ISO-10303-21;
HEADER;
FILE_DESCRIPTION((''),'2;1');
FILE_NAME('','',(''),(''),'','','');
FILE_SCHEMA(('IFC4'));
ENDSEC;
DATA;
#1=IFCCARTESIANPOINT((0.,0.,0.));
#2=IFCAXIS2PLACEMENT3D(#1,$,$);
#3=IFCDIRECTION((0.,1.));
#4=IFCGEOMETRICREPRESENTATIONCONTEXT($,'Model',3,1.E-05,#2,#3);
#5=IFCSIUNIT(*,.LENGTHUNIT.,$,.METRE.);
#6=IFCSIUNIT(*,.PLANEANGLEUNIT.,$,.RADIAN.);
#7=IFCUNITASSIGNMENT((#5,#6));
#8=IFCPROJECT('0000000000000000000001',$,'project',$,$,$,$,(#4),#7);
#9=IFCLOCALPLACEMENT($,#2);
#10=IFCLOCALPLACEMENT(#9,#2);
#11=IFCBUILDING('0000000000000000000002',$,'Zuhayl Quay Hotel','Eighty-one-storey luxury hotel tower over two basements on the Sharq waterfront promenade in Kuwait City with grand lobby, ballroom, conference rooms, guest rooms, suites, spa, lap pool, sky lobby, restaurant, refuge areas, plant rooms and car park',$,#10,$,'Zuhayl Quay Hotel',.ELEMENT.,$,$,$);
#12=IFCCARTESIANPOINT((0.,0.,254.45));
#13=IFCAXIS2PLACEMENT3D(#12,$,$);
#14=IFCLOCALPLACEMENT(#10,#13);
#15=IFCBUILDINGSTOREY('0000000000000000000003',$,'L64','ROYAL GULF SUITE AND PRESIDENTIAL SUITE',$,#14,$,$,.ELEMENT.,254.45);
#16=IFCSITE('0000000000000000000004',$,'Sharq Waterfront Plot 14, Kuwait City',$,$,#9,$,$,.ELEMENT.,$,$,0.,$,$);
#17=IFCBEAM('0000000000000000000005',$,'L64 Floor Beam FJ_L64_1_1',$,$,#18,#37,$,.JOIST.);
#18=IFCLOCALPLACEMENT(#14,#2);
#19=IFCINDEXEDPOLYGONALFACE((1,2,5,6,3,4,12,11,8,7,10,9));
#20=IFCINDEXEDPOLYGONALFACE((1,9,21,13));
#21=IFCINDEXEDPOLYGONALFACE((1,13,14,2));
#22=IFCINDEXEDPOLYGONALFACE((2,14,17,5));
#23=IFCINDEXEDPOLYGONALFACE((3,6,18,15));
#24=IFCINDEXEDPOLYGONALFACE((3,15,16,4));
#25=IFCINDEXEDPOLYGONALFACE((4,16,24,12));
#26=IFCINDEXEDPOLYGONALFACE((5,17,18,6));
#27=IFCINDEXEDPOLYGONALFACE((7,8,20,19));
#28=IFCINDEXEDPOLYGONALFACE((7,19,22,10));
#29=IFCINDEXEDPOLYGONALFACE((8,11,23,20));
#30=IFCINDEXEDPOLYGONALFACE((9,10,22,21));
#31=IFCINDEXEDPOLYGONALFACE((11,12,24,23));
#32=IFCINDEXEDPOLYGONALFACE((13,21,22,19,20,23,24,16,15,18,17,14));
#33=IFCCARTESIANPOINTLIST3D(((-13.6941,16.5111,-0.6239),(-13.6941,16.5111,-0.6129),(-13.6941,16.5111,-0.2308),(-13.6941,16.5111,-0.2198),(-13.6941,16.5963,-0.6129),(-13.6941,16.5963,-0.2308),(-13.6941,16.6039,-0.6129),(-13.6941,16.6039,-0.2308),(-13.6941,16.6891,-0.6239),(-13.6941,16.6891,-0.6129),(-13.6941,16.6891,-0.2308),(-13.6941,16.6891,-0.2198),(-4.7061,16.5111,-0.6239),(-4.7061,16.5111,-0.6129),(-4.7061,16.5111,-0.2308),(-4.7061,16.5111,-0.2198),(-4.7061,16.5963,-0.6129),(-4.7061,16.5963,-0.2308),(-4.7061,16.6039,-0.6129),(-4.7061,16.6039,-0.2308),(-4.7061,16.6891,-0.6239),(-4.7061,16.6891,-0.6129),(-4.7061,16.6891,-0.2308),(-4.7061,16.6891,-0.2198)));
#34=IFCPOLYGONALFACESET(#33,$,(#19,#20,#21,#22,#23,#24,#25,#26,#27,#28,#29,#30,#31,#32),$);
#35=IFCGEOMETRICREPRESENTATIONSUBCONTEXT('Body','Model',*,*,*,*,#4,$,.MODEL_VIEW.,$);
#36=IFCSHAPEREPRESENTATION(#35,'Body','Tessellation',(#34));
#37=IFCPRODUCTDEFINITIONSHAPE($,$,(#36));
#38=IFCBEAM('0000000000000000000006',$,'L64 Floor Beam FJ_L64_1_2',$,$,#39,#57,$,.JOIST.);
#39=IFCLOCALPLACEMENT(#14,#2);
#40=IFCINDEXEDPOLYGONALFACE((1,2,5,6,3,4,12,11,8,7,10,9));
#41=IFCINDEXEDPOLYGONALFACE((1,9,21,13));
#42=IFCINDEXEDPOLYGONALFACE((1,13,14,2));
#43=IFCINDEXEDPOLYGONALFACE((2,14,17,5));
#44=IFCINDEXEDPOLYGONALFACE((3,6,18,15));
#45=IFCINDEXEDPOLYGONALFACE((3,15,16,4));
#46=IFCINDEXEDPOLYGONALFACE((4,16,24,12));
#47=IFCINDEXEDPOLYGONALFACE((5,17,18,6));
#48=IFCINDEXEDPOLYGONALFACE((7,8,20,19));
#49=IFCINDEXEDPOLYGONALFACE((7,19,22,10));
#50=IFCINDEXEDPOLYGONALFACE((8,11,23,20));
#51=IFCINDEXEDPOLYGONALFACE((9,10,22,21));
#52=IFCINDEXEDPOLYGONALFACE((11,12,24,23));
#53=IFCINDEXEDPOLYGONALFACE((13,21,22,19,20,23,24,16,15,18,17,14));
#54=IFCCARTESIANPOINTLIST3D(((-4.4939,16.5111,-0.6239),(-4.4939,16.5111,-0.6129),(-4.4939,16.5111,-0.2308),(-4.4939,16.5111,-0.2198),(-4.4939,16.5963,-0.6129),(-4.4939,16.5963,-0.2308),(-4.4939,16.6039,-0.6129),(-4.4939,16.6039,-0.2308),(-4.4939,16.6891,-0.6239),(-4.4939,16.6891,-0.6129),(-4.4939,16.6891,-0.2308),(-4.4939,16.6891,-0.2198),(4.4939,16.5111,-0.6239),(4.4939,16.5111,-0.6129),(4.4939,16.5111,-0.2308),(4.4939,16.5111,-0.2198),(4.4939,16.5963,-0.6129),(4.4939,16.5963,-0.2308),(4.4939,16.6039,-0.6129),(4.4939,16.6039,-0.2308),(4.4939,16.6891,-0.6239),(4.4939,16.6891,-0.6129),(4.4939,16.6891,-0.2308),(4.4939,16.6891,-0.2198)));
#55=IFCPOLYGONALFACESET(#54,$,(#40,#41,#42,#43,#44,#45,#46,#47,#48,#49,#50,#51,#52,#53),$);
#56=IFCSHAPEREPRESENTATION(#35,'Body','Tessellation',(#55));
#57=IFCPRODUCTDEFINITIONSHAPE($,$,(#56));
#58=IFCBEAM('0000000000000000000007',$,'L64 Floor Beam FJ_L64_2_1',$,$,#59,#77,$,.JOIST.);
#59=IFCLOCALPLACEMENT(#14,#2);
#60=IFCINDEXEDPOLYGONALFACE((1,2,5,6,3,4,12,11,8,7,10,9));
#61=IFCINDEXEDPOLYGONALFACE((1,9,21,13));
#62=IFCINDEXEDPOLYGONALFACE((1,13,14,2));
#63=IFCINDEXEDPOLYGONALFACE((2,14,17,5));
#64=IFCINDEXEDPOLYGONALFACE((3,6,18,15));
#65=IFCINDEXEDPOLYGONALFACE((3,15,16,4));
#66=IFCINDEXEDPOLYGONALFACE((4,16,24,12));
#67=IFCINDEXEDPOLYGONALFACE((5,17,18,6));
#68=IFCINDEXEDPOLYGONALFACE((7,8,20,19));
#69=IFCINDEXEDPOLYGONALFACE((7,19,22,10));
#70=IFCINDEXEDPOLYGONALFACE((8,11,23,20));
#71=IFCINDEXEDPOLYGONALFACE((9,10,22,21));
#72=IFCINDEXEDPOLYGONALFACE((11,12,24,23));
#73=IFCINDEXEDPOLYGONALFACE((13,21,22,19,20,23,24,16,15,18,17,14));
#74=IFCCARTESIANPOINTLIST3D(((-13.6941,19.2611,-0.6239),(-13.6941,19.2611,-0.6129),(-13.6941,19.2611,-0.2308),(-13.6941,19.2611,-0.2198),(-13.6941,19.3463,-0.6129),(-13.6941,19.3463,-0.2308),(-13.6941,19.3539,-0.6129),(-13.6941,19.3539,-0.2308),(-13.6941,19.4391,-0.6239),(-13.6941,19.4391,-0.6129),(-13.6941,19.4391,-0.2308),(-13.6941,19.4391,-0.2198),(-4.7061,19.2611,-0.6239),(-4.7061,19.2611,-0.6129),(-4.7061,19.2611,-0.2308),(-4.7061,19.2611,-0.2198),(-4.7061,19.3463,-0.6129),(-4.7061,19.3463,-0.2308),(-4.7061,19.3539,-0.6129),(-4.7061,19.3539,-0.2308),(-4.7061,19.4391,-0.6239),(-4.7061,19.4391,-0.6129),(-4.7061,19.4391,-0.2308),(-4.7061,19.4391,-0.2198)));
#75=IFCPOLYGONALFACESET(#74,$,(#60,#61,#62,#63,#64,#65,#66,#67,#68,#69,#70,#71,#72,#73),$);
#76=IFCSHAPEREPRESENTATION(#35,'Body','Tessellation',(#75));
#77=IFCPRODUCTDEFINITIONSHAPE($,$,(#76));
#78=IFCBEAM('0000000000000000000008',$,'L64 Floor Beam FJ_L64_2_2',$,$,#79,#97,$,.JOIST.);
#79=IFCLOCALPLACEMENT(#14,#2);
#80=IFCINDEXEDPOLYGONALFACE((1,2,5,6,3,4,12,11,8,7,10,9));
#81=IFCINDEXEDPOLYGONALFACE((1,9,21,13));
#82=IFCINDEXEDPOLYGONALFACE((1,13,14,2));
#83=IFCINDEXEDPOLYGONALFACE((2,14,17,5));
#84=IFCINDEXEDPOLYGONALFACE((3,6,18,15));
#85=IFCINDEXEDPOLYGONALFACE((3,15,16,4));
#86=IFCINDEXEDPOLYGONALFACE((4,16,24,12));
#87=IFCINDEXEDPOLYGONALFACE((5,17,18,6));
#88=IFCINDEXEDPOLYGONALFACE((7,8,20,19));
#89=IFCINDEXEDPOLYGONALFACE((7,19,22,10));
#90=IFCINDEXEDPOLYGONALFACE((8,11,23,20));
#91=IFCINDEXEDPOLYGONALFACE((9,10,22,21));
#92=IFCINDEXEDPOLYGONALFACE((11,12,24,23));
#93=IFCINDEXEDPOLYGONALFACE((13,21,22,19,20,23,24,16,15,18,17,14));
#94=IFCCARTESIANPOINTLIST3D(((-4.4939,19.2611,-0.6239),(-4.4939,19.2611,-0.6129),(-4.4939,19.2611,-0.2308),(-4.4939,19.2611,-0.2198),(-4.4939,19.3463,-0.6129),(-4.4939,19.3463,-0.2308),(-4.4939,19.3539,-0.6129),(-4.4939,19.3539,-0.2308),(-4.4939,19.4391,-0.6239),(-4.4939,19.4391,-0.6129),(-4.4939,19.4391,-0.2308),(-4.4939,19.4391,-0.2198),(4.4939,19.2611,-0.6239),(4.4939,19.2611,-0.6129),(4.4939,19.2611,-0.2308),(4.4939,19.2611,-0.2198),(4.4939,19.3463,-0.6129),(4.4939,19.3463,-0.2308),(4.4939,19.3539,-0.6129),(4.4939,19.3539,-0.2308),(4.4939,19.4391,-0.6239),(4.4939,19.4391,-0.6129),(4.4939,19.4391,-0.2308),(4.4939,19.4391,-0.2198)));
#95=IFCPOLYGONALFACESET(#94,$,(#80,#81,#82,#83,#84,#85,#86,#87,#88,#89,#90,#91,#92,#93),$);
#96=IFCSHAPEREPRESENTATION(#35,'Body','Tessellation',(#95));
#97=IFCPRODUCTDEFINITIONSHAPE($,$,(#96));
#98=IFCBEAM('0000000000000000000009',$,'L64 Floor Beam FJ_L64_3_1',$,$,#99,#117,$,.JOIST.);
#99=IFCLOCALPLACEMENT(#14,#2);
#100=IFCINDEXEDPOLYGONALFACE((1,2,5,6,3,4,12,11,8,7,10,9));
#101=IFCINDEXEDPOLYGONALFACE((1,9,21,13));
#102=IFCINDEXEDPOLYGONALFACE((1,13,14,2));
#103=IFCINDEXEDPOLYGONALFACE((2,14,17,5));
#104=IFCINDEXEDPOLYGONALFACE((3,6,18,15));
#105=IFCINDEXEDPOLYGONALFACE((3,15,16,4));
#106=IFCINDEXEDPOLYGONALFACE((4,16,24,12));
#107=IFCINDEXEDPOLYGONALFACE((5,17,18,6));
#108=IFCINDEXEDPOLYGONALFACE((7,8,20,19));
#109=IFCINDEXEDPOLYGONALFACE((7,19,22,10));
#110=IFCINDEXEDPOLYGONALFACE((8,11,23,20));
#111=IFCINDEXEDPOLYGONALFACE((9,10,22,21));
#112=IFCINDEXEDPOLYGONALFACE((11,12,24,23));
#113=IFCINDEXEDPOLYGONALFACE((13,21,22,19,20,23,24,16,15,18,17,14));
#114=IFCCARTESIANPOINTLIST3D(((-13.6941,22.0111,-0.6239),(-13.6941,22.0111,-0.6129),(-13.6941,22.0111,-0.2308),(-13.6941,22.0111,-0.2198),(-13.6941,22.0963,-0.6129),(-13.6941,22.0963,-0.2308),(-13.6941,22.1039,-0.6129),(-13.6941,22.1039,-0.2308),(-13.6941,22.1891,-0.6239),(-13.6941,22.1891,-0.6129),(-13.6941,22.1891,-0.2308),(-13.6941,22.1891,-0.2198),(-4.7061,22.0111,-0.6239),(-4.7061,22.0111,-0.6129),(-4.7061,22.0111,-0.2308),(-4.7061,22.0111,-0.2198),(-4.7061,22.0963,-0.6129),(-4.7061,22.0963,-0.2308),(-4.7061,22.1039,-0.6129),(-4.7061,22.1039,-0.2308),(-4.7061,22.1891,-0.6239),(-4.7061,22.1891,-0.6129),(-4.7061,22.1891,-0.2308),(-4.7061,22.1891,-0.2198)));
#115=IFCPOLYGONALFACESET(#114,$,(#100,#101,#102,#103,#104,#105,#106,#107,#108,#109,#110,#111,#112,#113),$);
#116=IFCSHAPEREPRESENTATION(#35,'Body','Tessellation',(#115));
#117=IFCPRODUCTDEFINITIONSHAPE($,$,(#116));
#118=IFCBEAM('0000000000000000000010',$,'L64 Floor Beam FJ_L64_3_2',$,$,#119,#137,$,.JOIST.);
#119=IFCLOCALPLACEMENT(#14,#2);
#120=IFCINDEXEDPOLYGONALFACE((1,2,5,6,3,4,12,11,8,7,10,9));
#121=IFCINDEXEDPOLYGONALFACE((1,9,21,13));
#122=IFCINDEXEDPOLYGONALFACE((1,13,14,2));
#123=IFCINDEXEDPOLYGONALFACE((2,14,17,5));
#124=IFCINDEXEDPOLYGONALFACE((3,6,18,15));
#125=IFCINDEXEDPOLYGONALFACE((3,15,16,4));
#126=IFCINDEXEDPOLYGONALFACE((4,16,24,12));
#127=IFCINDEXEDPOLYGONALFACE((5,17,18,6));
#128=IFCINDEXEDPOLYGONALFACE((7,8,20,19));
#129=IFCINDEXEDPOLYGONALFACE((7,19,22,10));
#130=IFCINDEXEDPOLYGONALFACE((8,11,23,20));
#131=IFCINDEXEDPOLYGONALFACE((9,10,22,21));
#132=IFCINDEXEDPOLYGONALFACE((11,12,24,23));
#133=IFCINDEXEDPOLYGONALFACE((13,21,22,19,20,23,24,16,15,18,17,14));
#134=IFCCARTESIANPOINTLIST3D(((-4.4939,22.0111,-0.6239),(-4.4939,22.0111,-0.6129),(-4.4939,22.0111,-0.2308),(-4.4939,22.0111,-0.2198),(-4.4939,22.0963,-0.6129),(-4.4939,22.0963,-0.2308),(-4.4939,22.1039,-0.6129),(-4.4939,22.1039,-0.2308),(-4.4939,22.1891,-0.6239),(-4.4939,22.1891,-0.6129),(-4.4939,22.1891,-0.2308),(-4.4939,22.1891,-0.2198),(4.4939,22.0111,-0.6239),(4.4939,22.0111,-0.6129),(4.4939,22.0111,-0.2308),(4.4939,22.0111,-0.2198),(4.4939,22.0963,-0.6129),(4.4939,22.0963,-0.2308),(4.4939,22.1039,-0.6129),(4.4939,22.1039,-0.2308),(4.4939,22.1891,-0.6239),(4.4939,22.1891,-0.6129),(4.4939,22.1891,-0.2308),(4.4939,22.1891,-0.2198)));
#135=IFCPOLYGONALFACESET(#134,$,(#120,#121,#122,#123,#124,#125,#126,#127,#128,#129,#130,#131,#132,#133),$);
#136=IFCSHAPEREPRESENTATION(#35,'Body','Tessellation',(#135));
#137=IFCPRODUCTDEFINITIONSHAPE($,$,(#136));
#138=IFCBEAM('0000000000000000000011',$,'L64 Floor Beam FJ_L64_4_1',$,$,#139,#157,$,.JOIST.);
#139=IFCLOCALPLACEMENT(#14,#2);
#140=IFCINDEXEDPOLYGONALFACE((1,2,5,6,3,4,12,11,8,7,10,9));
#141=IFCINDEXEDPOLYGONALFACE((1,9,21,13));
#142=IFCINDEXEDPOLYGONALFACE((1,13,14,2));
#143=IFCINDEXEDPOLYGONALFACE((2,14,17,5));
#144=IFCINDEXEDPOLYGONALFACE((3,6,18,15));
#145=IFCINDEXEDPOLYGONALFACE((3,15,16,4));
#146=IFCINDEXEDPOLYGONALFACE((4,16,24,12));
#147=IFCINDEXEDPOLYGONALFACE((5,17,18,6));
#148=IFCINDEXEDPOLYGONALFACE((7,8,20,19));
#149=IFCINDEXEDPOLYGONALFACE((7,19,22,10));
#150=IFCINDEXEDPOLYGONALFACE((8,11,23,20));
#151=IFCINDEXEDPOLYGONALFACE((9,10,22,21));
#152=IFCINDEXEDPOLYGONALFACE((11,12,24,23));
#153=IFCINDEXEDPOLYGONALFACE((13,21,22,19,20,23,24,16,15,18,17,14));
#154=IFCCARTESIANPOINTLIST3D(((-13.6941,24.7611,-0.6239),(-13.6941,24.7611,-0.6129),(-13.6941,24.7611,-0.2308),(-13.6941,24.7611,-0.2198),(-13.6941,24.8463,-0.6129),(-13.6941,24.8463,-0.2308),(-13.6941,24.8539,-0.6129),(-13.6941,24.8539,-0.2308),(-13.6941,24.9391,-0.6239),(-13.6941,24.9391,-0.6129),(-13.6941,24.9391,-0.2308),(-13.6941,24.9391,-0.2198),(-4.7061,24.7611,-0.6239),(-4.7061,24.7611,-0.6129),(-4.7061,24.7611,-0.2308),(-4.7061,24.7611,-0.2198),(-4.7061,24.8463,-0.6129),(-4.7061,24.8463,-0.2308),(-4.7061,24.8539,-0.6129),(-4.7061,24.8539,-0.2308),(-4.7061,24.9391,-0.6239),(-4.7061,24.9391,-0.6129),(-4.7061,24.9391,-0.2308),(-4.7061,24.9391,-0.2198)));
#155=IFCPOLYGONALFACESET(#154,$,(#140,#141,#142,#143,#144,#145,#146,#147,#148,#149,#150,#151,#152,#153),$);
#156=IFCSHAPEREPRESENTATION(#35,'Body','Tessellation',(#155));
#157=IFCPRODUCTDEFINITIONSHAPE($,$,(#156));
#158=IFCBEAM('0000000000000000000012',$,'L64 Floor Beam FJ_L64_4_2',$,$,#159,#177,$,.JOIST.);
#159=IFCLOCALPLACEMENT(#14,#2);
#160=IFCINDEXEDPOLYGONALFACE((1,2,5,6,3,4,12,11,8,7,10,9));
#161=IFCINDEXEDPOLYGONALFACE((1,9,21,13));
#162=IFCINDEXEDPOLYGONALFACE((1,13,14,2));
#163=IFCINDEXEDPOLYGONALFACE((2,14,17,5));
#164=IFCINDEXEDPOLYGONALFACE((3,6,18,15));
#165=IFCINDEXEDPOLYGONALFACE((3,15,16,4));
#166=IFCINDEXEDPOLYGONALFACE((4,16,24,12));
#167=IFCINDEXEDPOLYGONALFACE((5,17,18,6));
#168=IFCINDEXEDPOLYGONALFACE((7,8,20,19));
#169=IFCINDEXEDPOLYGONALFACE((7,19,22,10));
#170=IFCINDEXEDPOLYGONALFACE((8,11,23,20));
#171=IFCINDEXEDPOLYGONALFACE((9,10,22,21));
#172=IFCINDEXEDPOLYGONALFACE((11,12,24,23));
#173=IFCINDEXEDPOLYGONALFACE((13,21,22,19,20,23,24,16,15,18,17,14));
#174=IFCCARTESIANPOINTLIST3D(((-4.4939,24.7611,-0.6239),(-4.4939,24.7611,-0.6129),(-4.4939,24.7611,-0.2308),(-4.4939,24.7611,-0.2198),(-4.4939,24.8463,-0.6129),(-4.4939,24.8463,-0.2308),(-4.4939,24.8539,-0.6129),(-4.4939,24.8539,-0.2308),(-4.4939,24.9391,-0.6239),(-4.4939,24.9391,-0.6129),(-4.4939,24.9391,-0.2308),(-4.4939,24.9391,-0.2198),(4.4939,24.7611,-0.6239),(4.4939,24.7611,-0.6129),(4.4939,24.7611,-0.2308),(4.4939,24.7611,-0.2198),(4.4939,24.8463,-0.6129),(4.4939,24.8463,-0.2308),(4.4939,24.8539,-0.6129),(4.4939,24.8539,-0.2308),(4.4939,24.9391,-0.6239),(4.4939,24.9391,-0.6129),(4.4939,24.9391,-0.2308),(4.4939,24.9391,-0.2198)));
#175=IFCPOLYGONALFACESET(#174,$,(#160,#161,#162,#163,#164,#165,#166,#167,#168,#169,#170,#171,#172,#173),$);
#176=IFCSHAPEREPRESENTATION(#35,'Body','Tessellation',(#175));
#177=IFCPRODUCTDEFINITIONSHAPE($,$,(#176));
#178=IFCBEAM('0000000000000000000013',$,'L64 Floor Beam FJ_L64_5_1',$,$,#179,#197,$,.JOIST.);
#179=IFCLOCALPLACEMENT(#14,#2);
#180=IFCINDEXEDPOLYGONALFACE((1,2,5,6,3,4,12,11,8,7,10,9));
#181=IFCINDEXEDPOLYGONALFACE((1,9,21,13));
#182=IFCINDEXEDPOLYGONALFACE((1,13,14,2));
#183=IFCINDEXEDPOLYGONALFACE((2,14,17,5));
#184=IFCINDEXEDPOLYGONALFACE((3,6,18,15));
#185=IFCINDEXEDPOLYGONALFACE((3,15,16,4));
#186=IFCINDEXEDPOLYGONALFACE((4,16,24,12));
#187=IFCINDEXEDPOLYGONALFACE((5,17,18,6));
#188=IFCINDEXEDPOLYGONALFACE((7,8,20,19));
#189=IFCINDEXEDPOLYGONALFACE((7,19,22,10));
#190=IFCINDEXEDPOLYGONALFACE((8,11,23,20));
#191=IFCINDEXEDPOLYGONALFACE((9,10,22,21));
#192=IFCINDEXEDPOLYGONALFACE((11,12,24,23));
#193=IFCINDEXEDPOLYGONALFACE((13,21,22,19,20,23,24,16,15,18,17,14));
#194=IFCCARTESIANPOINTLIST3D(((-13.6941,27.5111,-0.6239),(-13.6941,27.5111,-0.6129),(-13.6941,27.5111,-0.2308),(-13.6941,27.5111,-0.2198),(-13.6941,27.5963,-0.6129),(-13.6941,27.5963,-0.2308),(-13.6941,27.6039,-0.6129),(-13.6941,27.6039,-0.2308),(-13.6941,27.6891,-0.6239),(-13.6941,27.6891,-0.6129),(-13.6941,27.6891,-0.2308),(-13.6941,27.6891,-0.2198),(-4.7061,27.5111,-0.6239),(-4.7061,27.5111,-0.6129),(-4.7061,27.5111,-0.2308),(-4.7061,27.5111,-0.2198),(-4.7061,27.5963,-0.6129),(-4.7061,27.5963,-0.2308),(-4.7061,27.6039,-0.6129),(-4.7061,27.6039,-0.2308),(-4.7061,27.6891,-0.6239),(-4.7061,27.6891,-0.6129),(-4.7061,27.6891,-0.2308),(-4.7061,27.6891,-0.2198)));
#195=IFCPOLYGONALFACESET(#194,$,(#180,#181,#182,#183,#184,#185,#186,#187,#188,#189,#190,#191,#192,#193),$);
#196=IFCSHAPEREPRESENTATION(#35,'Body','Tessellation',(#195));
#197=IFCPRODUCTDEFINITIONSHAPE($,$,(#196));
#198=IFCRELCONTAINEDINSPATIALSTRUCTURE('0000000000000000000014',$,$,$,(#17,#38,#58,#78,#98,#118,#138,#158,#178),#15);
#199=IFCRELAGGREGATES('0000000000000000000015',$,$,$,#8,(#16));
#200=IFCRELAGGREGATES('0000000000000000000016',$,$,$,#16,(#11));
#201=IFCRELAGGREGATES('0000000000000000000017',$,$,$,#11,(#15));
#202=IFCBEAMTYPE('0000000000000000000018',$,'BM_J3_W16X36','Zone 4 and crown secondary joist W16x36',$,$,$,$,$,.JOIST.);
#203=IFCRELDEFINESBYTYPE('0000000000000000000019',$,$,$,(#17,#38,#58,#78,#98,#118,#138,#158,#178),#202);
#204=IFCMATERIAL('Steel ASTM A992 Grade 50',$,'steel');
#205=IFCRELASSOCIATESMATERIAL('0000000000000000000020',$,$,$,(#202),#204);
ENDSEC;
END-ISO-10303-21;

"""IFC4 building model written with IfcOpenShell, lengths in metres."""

from ifc_helpers import new_model, si_unit, direction, frame, origin, origin_2d, place, context, subcontext, project, spatial, i_section, extrude, material, material_profile, profile_set, type_object, element, save


model = new_model("IFC4")

# Units and contexts
model_context = context("Model", 3, precision=1e-05, world=origin(), true_north=direction((0.0, 1.0)))
body_context = subcontext(model_context, "Body", "Model", "MODEL_VIEW")
ifc_project = project(units=[si_unit("LENGTHUNIT", "METRE"), si_unit("PLANEANGLEUNIT", "RADIAN")], contexts=[model_context])

# Site, building, storey
site_placement = place(None, origin())
site = spatial("IfcSite", under=ifc_project, at=site_placement, Name="Sharq Waterfront Plot 14, Kuwait City", CompositionType="ELEMENT", RefElevation=0.0)
building_placement = place(site_placement, origin())
building = spatial("IfcBuilding", under=site, at=building_placement, Name="Zuhayl Quay Hotel", Description="Eighty-one-storey luxury hotel tower over two basements on the Sharq waterfront promenade in Kuwait City with grand lobby, ballroom, conference rooms, guest rooms, suites, spa, lap pool, sky lobby, restaurant, refuge areas, plant rooms and car park", LongName="Zuhayl Quay Hotel", CompositionType="ELEMENT")
storey_placement = place(building_placement, frame((0.0, 0.0, 254.45)))
storey = spatial("IfcBuildingStorey", under=building, at=storey_placement, Name="L64", Description="ROYAL GULF SUITE AND PRESIDENTIAL SUITE", CompositionType="ELEMENT", Elevation=254.45)

# Beams
ifc_material_1 = material(Name="Steel ASTM A992 Grade 50", Category="steel")
ifc_material_profile_1 = material_profile(ifc_material_1, i_section(OverallWidth=0.178, OverallDepth=0.4041, WebThickness=0.0076, FlangeThickness=0.011, at=origin_2d()), Name="W16X36")
ifc_profile_set_1 = profile_set([ifc_material_profile_1], Name="Steel ASTM A992 Grade 50")
beam_type_1 = type_object("IfcBeamType", Name="BM_J3_W16X36", Description="Zone 4 and crown secondary joist W16x36", PredefinedType="JOIST", material=ifc_profile_set_1)
beam_1_placement = place(storey_placement, frame((-13.6941, 16.6001, -0.4219), z_axis=(1.0, 0.0, 0.0), x_axis=(0.0, 1.0, 0.0)))
element("IfcBeam", 1, at=beam_1_placement, inside=storey, type_object=beam_type_1, Name="L64 Floor Beam FJ_L64_1_1", PredefinedType="JOIST", context=body_context, shape_type="SweptSolid", body=[
    extrude(i_section(OverallWidth=0.178, OverallDepth=0.4041, WebThickness=0.0076, FlangeThickness=0.011, at=origin_2d()), origin(), (0.0, 0.0, 1.0), 8.988),
])
beam_2_placement = place(storey_placement, frame((-4.4939, 16.6001, -0.4219), z_axis=(1.0, 0.0, 0.0), x_axis=(0.0, 1.0, 0.0)))
element("IfcBeam", 2, at=beam_2_placement, inside=storey, type_object=beam_type_1, Name="L64 Floor Beam FJ_L64_1_2", PredefinedType="JOIST", context=body_context, shape_type="SweptSolid", body=[
    extrude(i_section(OverallWidth=0.178, OverallDepth=0.4041, WebThickness=0.0076, FlangeThickness=0.011, at=origin_2d()), origin(), (0.0, 0.0, 1.0), 8.9878),
])
beam_3_placement = place(storey_placement, frame((-13.6941, 19.3501, -0.4219), z_axis=(1.0, 0.0, 0.0), x_axis=(0.0, 1.0, 0.0)))
element("IfcBeam", 3, at=beam_3_placement, inside=storey, type_object=beam_type_1, Name="L64 Floor Beam FJ_L64_2_1", PredefinedType="JOIST", context=body_context, shape_type="SweptSolid", body=[
    extrude(i_section(OverallWidth=0.178, OverallDepth=0.4041, WebThickness=0.0076, FlangeThickness=0.011, at=origin_2d()), origin(), (0.0, 0.0, 1.0), 8.988),
])
beam_4_placement = place(storey_placement, frame((-4.4939, 19.3501, -0.4219), z_axis=(1.0, 0.0, 0.0), x_axis=(0.0, 1.0, 0.0)))
element("IfcBeam", 4, at=beam_4_placement, inside=storey, type_object=beam_type_1, Name="L64 Floor Beam FJ_L64_2_2", PredefinedType="JOIST", context=body_context, shape_type="SweptSolid", body=[
    extrude(i_section(OverallWidth=0.178, OverallDepth=0.4041, WebThickness=0.0076, FlangeThickness=0.011, at=origin_2d()), origin(), (0.0, 0.0, 1.0), 8.9878),
])
beam_5_placement = place(storey_placement, frame((-13.6941, 22.1001, -0.4219), z_axis=(1.0, 0.0, 0.0), x_axis=(0.0, 1.0, 0.0)))
element("IfcBeam", 5, at=beam_5_placement, inside=storey, type_object=beam_type_1, Name="L64 Floor Beam FJ_L64_3_1", PredefinedType="JOIST", context=body_context, shape_type="SweptSolid", body=[
    extrude(i_section(OverallWidth=0.178, OverallDepth=0.4041, WebThickness=0.0076, FlangeThickness=0.011, at=origin_2d()), origin(), (0.0, 0.0, 1.0), 8.988),
])
beam_6_placement = place(storey_placement, frame((-4.4939, 22.1001, -0.4219), z_axis=(1.0, 0.0, 0.0), x_axis=(0.0, 1.0, 0.0)))
element("IfcBeam", 6, at=beam_6_placement, inside=storey, type_object=beam_type_1, Name="L64 Floor Beam FJ_L64_3_2", PredefinedType="JOIST", context=body_context, shape_type="SweptSolid", body=[
    extrude(i_section(OverallWidth=0.178, OverallDepth=0.4041, WebThickness=0.0076, FlangeThickness=0.011, at=origin_2d()), origin(), (0.0, 0.0, 1.0), 8.9878),
])
beam_7_placement = place(storey_placement, frame((-13.6941, 24.8501, -0.4219), z_axis=(1.0, 0.0, 0.0), x_axis=(0.0, 1.0, 0.0)))
element("IfcBeam", 7, at=beam_7_placement, inside=storey, type_object=beam_type_1, Name="L64 Floor Beam FJ_L64_4_1", PredefinedType="JOIST", context=body_context, shape_type="SweptSolid", body=[
    extrude(i_section(OverallWidth=0.178, OverallDepth=0.4041, WebThickness=0.0076, FlangeThickness=0.011, at=origin_2d()), origin(), (0.0, 0.0, 1.0), 8.988),
])
beam_8_placement = place(storey_placement, frame((-4.4939, 24.8501, -0.4219), z_axis=(1.0, 0.0, 0.0), x_axis=(0.0, 1.0, 0.0)))
element("IfcBeam", 8, at=beam_8_placement, inside=storey, type_object=beam_type_1, Name="L64 Floor Beam FJ_L64_4_2", PredefinedType="JOIST", context=body_context, shape_type="SweptSolid", body=[
    extrude(i_section(OverallWidth=0.178, OverallDepth=0.4041, WebThickness=0.0076, FlangeThickness=0.011, at=origin_2d()), origin(), (0.0, 0.0, 1.0), 8.9878),
])
beam_9_placement = place(storey_placement, frame((-13.6941, 27.6001, -0.4219), z_axis=(1.0, 0.0, 0.0), x_axis=(0.0, 1.0, 0.0)))
element("IfcBeam", 9, at=beam_9_placement, inside=storey, type_object=beam_type_1, Name="L64 Floor Beam FJ_L64_5_1", PredefinedType="JOIST", context=body_context, shape_type="SweptSolid", body=[
    extrude(i_section(OverallWidth=0.178, OverallDepth=0.4041, WebThickness=0.0076, FlangeThickness=0.011, at=origin_2d()), origin(), (0.0, 0.0, 1.0), 8.988),
])

save(model, "model.ifc")
